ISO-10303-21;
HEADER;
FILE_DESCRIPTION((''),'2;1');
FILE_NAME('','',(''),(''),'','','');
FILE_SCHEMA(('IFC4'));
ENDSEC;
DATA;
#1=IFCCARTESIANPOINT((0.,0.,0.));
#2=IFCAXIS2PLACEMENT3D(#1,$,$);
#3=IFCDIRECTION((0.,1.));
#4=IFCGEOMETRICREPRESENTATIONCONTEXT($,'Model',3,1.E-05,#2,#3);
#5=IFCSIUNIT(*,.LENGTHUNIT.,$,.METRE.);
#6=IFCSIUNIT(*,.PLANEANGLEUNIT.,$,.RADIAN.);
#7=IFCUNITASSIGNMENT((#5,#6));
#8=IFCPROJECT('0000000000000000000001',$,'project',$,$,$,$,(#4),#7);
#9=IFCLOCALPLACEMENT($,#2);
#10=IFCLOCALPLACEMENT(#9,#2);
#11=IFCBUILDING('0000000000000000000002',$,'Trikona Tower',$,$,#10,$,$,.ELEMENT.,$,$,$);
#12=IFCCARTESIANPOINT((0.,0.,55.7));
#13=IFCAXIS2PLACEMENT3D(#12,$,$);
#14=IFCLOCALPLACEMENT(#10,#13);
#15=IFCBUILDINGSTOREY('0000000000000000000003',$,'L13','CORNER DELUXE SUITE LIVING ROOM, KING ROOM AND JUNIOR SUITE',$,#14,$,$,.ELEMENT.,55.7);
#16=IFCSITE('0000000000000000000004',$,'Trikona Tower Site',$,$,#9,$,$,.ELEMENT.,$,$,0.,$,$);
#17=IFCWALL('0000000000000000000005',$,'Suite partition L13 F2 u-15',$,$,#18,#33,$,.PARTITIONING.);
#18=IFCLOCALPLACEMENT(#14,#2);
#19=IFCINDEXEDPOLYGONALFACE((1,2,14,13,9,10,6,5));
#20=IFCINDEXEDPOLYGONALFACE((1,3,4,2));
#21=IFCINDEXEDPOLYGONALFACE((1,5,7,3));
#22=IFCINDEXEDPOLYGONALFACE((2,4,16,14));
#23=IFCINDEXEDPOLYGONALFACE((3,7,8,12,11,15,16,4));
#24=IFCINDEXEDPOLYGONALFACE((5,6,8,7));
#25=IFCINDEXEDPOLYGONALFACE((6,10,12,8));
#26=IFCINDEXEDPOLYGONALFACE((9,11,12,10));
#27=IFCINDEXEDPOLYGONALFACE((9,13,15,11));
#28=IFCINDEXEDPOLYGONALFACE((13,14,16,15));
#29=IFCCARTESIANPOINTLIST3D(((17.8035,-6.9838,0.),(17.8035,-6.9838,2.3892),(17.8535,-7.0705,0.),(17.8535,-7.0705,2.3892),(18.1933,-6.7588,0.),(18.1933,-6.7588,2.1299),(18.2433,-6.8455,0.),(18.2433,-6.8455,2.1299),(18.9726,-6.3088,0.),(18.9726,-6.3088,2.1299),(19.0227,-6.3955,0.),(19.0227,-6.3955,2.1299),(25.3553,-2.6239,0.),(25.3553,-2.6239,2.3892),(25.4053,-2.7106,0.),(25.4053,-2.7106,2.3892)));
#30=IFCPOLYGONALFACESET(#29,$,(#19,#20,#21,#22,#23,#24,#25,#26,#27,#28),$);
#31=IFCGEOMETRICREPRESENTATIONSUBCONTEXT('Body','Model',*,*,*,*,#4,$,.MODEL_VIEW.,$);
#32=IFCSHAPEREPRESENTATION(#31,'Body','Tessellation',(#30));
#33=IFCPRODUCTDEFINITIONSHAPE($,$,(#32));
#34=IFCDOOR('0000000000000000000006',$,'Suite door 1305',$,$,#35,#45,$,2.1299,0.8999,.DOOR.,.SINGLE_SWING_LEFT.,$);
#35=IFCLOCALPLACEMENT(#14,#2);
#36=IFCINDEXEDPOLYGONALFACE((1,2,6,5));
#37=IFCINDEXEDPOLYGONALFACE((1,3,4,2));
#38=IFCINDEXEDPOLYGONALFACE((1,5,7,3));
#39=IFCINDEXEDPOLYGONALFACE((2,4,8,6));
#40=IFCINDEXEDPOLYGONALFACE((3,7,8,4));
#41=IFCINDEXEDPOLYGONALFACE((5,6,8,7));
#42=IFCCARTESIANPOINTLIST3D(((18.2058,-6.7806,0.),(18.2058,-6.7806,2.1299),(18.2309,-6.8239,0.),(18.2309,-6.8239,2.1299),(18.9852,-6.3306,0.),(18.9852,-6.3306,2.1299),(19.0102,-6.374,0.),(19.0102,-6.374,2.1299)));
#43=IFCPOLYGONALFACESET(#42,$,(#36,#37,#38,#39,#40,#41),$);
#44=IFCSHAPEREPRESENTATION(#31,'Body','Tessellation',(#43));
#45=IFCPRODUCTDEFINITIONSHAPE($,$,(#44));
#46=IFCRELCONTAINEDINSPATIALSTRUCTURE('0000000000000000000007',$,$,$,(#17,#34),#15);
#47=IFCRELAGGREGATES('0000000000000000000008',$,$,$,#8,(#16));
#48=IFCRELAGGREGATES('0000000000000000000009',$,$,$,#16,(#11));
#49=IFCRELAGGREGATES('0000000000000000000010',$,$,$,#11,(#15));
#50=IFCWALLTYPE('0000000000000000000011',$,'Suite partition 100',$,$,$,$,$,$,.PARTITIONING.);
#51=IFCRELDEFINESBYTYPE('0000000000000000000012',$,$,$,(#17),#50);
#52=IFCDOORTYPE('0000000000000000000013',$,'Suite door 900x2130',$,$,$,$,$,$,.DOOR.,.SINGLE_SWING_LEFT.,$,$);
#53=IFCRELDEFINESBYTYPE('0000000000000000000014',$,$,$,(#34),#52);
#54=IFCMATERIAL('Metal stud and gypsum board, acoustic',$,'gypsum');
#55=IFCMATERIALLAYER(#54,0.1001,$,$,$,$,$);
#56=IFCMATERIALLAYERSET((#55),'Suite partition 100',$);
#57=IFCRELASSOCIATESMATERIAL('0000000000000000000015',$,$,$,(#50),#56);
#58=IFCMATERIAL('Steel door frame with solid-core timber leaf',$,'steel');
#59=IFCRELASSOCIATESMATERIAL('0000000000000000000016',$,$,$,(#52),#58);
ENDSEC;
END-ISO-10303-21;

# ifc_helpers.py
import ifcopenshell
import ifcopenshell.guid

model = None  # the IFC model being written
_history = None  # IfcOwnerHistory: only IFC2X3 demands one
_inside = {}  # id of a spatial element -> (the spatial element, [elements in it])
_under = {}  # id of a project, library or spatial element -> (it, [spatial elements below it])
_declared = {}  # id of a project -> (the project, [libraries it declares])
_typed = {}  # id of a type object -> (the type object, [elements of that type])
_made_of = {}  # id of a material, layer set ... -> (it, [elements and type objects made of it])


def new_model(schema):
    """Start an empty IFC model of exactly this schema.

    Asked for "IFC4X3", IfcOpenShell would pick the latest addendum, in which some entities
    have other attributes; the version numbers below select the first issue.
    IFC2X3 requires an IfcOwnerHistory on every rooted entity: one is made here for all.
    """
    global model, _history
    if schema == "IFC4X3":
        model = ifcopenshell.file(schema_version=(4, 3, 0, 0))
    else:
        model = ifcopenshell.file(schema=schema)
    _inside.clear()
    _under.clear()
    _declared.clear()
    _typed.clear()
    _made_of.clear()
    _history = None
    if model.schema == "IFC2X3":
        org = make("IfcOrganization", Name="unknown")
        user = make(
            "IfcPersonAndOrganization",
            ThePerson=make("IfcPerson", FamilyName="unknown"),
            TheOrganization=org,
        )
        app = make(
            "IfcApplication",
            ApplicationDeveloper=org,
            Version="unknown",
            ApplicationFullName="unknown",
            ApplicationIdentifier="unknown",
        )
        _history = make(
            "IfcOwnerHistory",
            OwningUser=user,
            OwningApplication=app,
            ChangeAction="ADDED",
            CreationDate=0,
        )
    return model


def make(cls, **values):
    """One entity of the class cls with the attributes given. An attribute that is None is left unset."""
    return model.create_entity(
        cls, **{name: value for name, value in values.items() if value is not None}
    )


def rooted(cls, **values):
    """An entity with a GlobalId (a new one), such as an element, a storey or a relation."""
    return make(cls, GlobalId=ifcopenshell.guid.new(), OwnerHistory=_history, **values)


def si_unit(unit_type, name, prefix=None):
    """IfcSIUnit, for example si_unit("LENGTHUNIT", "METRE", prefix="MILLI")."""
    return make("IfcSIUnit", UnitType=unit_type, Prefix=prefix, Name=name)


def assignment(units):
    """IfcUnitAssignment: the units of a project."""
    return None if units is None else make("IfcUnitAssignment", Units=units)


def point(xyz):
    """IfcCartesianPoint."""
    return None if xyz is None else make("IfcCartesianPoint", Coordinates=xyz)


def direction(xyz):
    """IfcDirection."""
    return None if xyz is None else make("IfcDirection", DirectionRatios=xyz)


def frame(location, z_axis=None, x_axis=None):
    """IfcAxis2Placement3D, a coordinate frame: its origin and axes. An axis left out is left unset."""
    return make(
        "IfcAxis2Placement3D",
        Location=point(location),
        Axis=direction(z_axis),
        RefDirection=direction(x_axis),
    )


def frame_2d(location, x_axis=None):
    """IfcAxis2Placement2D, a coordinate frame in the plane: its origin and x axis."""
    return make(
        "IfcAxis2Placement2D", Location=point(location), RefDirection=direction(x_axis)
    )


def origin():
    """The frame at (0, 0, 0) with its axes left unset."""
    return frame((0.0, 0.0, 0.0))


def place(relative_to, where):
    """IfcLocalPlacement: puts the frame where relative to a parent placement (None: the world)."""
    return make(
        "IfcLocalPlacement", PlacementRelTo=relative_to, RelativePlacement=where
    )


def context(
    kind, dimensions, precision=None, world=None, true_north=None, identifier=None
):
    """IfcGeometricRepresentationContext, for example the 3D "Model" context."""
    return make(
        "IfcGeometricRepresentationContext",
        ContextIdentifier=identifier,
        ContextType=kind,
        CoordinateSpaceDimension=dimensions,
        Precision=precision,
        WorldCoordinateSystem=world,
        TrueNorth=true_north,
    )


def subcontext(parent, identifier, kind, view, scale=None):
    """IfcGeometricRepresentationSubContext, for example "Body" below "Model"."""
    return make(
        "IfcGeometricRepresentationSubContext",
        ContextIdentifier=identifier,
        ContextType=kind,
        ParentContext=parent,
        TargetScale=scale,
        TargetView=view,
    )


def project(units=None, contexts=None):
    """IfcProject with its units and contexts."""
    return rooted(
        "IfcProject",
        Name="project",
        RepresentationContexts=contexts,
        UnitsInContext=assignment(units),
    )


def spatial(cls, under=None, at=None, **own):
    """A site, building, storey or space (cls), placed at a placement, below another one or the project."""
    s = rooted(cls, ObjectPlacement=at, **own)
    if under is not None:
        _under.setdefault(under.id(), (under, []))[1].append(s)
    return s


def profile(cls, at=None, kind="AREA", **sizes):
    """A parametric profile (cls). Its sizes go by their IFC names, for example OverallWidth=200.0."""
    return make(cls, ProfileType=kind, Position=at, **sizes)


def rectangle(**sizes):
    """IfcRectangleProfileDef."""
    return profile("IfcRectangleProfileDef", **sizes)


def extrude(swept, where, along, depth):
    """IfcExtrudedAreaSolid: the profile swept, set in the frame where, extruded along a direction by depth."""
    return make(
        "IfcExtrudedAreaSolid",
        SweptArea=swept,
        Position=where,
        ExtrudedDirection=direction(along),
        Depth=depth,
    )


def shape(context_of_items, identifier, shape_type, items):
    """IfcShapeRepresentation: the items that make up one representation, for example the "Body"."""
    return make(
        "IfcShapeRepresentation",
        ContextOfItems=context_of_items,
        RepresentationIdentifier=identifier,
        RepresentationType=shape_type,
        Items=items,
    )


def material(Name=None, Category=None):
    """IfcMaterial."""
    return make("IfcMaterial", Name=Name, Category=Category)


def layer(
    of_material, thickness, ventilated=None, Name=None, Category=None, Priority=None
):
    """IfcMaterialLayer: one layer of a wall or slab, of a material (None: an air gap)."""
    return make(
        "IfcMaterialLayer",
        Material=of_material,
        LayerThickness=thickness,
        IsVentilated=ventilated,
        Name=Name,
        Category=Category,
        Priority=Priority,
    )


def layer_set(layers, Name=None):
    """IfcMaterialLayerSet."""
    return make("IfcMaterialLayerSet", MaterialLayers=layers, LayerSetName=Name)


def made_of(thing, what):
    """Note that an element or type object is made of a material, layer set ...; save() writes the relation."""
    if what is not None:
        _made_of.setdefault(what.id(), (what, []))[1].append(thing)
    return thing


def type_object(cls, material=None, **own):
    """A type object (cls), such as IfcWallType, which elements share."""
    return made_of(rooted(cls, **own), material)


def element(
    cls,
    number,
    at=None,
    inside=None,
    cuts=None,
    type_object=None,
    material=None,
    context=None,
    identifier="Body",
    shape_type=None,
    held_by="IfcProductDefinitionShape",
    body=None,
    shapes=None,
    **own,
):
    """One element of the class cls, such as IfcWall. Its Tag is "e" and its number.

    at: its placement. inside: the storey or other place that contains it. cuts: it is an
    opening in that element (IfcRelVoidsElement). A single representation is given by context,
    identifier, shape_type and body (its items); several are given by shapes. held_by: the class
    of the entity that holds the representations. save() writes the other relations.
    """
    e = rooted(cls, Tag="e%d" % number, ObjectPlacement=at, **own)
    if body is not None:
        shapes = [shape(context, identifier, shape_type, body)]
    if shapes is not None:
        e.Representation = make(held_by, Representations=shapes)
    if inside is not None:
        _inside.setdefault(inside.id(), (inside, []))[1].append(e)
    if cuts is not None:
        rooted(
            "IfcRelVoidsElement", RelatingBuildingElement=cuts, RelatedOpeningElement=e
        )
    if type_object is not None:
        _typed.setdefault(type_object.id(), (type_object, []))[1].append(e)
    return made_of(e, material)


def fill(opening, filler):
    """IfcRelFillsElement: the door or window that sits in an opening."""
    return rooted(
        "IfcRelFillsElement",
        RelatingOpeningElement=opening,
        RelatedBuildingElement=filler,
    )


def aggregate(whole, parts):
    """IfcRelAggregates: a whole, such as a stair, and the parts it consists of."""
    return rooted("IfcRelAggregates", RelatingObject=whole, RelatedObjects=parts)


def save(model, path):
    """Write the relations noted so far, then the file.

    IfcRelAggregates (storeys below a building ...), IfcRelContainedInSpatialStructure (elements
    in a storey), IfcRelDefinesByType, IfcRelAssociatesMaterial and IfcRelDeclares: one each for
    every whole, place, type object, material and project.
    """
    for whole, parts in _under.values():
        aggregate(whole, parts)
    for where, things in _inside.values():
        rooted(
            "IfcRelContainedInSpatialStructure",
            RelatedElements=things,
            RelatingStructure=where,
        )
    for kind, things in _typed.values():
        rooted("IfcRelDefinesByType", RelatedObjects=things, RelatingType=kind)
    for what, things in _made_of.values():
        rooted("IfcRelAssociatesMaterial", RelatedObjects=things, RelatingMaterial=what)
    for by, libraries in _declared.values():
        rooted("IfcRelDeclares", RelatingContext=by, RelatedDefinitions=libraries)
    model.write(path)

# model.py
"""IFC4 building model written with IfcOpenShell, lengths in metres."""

from ifc_helpers import new_model, si_unit, direction, frame, frame_2d, origin, place, context, subcontext, project, spatial, rectangle, extrude, material, layer, layer_set, type_object, element, fill, save


model = new_model("IFC4")

# Units and contexts
model_context = context("Model", 3, precision=1e-05, world=origin(), true_north=direction((0.0, 1.0)))
body_context = subcontext(model_context, "Body", "Model", "MODEL_VIEW")
ifc_project = project(units=[si_unit("LENGTHUNIT", "METRE"), si_unit("PLANEANGLEUNIT", "RADIAN")], contexts=[model_context])

# Site, building, storey
site_placement = place(None, origin())
site = spatial("IfcSite", under=ifc_project, at=site_placement, Name="Trikona Tower Site", CompositionType="ELEMENT", RefElevation=0.0)
building_placement = place(site_placement, origin())
building = spatial("IfcBuilding", under=site, at=building_placement, Name="Trikona Tower", CompositionType="ELEMENT")
storey_placement = place(building_placement, frame((0.0, 0.0, 55.7)))
storey = spatial("IfcBuildingStorey", under=building, at=storey_placement, Name="L13", Description="CORNER DELUXE SUITE LIVING ROOM, KING ROOM AND JUNIOR SUITE", CompositionType="ELEMENT", Elevation=55.7)

# Wall, opening, door
ifc_material_1 = material(Name="Metal stud and gypsum board, acoustic", Category="gypsum")
ifc_layer_1 = layer(ifc_material_1, 0.1001)
ifc_layer_set_1 = layer_set([ifc_layer_1], Name="Suite partition 100")
wall_type_1 = type_object("IfcWallType", Name="Suite partition 100", PredefinedType="PARTITIONING", material=ifc_layer_set_1)
wall_1_placement = place(storey_placement, frame((17.8286, -7.0271, 0.0), z_axis=(0.0, 0.0, 1.0), x_axis=(0.866033, 0.499987, 0.0)))
wall_1 = element("IfcWall", 1, at=wall_1_placement, inside=storey, type_object=wall_type_1, Name="Suite partition L13 F2 u-15", PredefinedType="PARTITIONING", context=body_context, shape_type="SweptSolid", body=[
    extrude(rectangle(XDim=8.72, YDim=0.1001, at=frame_2d((4.3599, 0.0))), origin(), (0.0, 0.0, 1.0), 2.3892),
])
opening_1_placement = place(wall_1_placement, frame((0.45, 0.0, 0.0)))
opening_1 = element("IfcOpeningElement", 2, at=opening_1_placement, cuts=wall_1, PredefinedType="OPENING", context=body_context, shape_type="SweptSolid", body=[
    extrude(rectangle(XDim=0.8999, YDim=2.1299, at=frame_2d((0.45, 1.0649))), frame((0.0, 0.0601, 0.0), z_axis=(0.0, -1.0, 0.0), x_axis=(1.0, 0.0, 0.0)), (0.0, 0.0, 1.0), 0.1201),
])
ifc_material_2 = material(Name="Steel door frame with solid-core timber leaf", Category="steel")
door_type_1 = type_object("IfcDoorType", Name="Suite door 900x2130", OperationType="SINGLE_SWING_LEFT", PredefinedType="DOOR", material=ifc_material_2)
door_1_placement = place(opening_1_placement, origin())
door_1 = element("IfcDoor", 3, at=door_1_placement, inside=storey, type_object=door_type_1, Name="Suite door 1305", OperationType="SINGLE_SWING_LEFT", OverallHeight=2.1299, OverallWidth=0.8999, PredefinedType="DOOR", context=body_context, shape_type="SweptSolid", body=[
    extrude(rectangle(XDim=0.8999, YDim=2.1299, at=frame_2d((0.45, 1.0649))), frame((0.0, 0.0249, 0.0), z_axis=(0.0, -1.0, 0.0), x_axis=(1.0, 0.0, 0.0)), (0.0, 0.0, 1.0), 0.05),
])
fill(opening_1, door_1)

save(model, "model.ifc")
